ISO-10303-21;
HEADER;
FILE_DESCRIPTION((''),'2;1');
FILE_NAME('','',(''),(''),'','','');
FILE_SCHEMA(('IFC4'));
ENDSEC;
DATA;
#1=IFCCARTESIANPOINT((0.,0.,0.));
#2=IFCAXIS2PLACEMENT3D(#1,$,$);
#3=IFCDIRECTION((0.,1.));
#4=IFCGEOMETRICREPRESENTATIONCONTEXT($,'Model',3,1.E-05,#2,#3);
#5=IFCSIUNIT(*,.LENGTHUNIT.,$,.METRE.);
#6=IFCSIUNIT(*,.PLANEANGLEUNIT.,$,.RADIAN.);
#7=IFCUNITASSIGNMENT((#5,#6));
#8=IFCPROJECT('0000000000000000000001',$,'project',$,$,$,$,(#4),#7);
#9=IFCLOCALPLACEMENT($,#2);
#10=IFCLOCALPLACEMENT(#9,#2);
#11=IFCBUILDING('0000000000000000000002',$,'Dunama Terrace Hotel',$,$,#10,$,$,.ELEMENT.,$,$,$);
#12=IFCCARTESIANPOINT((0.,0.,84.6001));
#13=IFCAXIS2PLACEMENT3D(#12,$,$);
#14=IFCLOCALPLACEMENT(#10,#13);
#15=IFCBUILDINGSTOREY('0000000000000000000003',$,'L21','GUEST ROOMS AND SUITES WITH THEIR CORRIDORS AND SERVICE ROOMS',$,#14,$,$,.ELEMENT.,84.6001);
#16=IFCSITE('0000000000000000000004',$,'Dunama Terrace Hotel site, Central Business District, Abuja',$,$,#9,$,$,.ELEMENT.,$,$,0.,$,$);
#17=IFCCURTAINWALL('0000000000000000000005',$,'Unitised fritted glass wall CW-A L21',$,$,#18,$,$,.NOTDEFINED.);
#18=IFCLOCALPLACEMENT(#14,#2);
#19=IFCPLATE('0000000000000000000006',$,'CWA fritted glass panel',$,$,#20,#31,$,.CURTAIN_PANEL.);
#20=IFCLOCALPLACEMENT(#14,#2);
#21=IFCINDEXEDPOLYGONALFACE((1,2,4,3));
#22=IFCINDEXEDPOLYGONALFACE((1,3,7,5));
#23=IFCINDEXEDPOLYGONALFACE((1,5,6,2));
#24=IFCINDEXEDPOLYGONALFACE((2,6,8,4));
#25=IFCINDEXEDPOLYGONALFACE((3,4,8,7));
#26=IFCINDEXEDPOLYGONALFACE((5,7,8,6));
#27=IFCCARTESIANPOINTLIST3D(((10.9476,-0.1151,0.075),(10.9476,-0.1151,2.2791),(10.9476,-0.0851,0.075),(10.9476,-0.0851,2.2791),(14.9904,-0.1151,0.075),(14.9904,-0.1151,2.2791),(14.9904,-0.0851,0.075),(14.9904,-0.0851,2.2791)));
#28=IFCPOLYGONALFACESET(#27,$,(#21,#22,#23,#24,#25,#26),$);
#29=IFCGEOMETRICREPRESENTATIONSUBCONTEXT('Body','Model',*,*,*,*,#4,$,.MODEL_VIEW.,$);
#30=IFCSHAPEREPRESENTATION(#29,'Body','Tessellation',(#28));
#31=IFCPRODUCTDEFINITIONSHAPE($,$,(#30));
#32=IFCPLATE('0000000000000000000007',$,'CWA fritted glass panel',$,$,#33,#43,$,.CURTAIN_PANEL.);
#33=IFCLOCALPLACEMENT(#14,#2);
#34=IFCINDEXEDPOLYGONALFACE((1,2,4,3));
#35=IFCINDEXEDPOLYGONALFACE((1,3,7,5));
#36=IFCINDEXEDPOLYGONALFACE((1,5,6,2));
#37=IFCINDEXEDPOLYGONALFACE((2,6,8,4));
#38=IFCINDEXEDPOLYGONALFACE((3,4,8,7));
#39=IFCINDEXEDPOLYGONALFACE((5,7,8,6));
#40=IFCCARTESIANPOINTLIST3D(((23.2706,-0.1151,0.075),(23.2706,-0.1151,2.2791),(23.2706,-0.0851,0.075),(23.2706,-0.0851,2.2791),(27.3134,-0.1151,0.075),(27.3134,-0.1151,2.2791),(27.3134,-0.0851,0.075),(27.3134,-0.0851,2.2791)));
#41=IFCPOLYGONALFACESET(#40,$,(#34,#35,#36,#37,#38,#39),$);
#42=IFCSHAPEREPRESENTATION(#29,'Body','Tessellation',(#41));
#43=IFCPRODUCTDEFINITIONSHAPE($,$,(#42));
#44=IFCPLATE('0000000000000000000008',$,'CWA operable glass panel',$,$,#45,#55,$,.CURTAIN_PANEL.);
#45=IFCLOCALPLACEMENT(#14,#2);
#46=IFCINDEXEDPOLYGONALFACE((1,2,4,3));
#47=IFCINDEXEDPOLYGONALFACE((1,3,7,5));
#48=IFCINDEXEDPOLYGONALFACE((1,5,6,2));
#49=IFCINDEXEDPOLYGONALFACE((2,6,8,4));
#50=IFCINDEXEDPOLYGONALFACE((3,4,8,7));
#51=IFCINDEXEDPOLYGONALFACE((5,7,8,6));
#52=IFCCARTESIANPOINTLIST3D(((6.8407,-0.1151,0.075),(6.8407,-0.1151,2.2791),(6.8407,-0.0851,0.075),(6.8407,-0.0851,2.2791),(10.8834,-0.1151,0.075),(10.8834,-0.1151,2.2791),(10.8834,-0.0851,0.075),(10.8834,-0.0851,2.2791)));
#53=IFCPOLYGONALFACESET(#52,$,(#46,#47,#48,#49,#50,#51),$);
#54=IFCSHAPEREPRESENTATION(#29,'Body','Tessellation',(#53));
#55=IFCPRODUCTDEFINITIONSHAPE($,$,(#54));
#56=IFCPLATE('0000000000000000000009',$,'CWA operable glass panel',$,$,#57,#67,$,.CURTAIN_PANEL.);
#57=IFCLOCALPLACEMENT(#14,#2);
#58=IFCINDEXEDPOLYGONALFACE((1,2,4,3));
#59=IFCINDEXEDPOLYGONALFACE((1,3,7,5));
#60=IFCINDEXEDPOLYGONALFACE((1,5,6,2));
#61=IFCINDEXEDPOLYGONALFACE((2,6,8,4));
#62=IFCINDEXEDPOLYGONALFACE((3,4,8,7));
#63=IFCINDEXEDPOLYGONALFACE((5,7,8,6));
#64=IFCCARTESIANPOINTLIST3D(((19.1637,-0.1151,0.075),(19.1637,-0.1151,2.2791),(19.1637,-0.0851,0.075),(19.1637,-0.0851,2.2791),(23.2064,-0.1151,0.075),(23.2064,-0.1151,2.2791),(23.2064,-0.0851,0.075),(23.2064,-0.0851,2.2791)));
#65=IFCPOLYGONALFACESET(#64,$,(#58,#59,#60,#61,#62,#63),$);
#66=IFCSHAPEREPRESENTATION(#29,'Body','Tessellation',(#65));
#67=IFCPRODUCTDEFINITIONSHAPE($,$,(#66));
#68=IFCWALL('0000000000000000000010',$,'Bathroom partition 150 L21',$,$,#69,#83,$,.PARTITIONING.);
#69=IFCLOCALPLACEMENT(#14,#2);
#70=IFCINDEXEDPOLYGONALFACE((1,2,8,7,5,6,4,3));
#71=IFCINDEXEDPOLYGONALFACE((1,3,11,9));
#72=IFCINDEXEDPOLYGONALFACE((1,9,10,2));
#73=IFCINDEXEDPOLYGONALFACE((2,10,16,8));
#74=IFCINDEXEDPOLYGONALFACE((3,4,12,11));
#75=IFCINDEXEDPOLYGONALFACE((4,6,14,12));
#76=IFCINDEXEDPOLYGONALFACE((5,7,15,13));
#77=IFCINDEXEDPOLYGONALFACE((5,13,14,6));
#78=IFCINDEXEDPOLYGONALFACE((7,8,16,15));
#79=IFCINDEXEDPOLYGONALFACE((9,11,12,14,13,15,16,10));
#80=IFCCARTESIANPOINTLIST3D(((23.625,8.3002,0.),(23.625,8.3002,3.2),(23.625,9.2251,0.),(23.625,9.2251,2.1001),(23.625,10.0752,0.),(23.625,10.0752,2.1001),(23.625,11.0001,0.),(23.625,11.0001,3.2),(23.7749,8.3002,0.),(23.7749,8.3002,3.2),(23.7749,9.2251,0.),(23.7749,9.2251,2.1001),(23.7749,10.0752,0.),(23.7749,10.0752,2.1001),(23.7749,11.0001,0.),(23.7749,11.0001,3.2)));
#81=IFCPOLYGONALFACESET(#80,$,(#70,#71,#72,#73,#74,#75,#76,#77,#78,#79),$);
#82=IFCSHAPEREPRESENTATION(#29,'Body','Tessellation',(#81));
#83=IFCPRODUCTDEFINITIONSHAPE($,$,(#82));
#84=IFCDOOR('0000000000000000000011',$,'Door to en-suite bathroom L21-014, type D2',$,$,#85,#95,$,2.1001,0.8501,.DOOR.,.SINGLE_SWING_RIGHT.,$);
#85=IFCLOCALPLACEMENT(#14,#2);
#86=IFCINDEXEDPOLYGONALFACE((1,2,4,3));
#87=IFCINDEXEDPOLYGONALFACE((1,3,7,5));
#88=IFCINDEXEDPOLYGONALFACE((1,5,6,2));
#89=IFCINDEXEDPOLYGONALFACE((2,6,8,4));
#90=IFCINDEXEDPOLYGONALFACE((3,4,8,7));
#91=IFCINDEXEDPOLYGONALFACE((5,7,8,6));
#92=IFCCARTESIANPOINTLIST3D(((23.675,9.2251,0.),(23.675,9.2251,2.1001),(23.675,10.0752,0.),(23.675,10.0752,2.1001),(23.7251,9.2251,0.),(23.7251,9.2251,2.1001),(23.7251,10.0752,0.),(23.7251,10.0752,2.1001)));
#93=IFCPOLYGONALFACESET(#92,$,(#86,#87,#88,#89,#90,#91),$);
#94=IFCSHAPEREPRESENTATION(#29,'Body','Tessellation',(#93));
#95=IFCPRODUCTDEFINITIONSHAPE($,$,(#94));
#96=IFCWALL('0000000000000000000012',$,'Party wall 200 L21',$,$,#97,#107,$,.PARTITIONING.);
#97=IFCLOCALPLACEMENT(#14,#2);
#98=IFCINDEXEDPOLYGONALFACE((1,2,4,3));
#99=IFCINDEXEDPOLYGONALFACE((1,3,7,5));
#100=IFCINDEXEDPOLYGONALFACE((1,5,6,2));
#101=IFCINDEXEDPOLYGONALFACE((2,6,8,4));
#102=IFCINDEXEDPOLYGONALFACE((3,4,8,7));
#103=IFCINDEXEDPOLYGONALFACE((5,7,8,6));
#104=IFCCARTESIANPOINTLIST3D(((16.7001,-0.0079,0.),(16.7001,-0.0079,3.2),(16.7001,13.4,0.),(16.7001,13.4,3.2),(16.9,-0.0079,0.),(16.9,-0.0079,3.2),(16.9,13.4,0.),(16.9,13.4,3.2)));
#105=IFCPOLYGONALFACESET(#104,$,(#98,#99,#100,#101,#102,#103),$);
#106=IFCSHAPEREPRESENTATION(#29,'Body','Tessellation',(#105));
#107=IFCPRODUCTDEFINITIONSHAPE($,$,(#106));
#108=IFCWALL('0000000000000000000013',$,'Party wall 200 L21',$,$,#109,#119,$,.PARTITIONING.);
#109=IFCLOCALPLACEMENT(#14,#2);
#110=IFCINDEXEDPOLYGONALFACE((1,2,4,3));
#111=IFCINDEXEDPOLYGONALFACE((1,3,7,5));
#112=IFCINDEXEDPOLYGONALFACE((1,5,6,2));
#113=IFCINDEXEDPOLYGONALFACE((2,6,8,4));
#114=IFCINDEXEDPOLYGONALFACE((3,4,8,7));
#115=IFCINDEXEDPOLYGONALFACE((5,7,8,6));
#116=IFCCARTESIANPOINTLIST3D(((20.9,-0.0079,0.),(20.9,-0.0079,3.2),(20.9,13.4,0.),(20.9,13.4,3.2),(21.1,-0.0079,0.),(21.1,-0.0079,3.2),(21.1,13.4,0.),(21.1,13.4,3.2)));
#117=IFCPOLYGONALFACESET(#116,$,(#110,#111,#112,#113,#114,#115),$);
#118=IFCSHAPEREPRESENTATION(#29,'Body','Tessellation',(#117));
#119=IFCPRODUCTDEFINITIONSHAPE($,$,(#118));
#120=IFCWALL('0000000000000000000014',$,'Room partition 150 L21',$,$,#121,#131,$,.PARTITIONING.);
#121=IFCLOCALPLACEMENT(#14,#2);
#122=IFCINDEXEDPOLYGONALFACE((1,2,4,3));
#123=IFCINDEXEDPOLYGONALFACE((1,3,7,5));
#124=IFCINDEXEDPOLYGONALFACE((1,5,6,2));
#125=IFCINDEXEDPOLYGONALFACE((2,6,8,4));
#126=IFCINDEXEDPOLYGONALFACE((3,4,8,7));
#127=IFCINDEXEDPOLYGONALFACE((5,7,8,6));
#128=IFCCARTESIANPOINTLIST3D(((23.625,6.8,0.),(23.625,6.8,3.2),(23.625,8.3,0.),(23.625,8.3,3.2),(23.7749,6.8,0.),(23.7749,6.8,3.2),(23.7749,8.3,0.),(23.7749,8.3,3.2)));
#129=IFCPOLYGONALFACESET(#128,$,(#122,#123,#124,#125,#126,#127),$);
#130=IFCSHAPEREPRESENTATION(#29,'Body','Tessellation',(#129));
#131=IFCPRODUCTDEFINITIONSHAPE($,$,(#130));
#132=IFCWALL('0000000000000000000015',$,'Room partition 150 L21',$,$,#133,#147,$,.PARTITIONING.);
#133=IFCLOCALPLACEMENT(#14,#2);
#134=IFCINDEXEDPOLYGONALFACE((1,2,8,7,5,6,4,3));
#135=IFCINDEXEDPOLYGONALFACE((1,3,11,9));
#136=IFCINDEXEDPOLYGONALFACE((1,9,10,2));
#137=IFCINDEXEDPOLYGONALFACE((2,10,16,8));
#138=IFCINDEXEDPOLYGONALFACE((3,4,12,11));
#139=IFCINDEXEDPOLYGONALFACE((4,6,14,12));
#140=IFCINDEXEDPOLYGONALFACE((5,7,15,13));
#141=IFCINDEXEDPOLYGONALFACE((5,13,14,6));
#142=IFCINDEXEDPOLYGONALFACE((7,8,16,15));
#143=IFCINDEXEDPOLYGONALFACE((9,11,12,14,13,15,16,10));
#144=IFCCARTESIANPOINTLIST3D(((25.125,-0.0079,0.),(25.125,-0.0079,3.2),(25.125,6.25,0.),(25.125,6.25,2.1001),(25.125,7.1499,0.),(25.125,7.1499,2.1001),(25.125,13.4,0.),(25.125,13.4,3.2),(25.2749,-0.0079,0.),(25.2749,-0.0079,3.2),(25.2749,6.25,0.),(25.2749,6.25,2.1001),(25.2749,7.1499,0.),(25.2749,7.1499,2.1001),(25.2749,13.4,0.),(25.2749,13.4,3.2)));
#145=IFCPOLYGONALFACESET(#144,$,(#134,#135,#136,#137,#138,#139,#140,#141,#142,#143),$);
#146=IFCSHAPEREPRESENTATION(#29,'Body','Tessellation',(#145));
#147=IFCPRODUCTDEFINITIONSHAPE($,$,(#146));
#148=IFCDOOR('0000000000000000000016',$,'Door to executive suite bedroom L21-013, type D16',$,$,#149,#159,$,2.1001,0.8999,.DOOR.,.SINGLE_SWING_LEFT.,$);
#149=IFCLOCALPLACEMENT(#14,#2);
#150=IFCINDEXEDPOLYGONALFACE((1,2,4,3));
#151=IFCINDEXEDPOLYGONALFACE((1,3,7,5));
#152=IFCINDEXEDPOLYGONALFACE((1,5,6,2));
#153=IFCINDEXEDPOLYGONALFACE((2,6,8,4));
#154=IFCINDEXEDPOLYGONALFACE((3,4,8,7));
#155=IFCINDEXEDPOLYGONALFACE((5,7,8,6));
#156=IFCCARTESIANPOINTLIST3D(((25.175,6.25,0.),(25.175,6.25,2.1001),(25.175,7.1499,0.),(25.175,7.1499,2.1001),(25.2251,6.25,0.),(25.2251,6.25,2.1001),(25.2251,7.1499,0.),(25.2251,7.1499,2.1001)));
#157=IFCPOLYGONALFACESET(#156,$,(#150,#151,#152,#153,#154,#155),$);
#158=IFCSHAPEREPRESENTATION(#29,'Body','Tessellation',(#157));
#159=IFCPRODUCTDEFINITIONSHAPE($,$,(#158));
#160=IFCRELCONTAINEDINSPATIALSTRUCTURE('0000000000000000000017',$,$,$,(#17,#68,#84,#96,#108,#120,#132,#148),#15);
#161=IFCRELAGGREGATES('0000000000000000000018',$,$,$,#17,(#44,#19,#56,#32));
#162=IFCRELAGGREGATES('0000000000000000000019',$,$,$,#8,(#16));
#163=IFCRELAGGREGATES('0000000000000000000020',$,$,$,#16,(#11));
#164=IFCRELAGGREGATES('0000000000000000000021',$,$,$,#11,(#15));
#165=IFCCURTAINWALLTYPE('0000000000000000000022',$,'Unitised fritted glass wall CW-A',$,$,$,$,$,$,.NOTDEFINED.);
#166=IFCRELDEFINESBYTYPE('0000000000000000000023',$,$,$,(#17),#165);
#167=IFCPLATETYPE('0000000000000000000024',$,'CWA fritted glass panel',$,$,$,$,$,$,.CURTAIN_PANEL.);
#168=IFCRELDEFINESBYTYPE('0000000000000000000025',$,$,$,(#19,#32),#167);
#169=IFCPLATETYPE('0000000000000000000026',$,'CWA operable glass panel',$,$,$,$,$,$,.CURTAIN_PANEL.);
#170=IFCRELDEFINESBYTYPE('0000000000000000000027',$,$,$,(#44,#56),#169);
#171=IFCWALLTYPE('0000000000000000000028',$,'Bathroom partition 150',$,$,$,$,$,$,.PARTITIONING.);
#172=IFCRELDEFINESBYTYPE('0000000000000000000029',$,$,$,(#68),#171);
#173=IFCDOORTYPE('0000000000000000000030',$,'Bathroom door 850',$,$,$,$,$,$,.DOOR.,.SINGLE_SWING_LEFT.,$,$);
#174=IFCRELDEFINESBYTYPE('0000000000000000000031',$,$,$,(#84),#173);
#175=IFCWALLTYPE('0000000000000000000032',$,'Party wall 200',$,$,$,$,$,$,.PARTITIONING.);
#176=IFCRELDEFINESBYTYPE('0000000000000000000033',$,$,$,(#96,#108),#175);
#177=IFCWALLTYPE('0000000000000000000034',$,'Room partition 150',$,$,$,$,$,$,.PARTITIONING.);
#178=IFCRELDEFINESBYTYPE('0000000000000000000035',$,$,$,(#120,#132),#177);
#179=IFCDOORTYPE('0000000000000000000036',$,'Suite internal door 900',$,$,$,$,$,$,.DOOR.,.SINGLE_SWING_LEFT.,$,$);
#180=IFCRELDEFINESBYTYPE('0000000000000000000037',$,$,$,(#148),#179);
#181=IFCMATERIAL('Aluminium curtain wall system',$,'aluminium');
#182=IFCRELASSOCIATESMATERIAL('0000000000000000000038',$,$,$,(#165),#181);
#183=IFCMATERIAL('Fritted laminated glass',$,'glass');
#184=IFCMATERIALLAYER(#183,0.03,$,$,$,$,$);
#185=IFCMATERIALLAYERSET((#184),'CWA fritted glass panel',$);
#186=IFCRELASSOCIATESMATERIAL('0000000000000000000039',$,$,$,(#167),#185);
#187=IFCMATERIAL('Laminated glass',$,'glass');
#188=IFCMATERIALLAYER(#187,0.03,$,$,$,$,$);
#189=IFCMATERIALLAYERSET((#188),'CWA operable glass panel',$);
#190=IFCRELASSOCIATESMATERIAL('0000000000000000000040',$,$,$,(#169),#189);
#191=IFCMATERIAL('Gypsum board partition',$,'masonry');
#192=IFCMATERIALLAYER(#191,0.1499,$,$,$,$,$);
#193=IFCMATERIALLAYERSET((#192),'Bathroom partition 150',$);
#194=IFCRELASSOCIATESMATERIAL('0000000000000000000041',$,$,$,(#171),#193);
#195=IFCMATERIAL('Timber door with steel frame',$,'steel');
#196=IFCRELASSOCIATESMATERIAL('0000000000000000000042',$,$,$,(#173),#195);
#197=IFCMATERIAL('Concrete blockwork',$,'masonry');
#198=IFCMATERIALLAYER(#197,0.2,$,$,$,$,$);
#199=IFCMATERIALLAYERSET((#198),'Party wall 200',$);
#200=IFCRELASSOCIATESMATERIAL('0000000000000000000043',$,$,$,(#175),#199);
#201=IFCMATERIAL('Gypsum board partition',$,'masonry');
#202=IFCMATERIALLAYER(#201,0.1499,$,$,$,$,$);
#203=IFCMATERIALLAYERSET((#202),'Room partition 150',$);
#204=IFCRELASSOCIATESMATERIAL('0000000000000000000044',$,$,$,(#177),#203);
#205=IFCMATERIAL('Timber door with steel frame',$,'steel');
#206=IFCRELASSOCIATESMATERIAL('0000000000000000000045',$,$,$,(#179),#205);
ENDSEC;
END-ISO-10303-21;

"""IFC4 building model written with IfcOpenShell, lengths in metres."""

from ifc_helpers import new_model, si_unit, direction, frame, frame_2d, origin, origin_2d, place, context, subcontext, project, spatial, rectangle, extrude, material, layer, layer_set, type_object, element, fill, aggregate, save


model = new_model("IFC4")

# Units and contexts
model_context = context("Model", 3, precision=1e-05, world=origin(), true_north=direction((0.0, 1.0)))
body_context = subcontext(model_context, "Body", "Model", "MODEL_VIEW")
ifc_project = project(units=[si_unit("LENGTHUNIT", "METRE"), si_unit("PLANEANGLEUNIT", "RADIAN")], contexts=[model_context])

# Site, building, storey
site_placement = place(None, origin())
site = spatial("IfcSite", under=ifc_project, at=site_placement, Name="Dunama Terrace Hotel site, Central Business District, Abuja", CompositionType="ELEMENT", RefElevation=0.0)
building_placement = place(site_placement, origin())
building = spatial("IfcBuilding", under=site, at=building_placement, Name="Dunama Terrace Hotel", CompositionType="ELEMENT")
storey_placement = place(building_placement, frame((0.0, 0.0, 84.6001)))
storey = spatial("IfcBuildingStorey", under=building, at=storey_placement, Name="L21", Description="GUEST ROOMS AND SUITES WITH THEIR CORRIDORS AND SERVICE ROOMS", CompositionType="ELEMENT", Elevation=84.6001)

# Curtain wall, plates
ifc_material_1 = material(Name="Aluminium curtain wall system", Category="aluminium")
curtain_wall_type = type_object("IfcCurtainWallType", Name="Unitised fritted glass wall CW-A", PredefinedType="NOTDEFINED", material=ifc_material_1)
curtain_wall_placement = place(storey_placement, origin())
curtain_wall = element("IfcCurtainWall", 1, at=curtain_wall_placement, inside=storey, type_object=curtain_wall_type, Name="Unitised fritted glass wall CW-A L21", PredefinedType="NOTDEFINED")
ifc_material_2 = material(Name="Fritted laminated glass", Category="glass")
ifc_layer_1 = layer(ifc_material_2, 0.03)
ifc_layer_set_1 = layer_set([ifc_layer_1], Name="CWA fritted glass panel")
plate_type_1 = type_object("IfcPlateType", Name="CWA fritted glass panel", PredefinedType="CURTAIN_PANEL", material=ifc_layer_set_1)
plate_1_placement = place(storey_placement, frame((12.969, -0.1001, 0.075), z_axis=(0.0, 0.0, 1.0), x_axis=(1.0, 0.0, 0.0)))
plate_1 = element("IfcPlate", 2, at=plate_1_placement, type_object=plate_type_1, Name="CWA fritted glass panel", PredefinedType="CURTAIN_PANEL", context=body_context, shape_type="SweptSolid", body=[
    extrude(rectangle(XDim=4.0427, YDim=0.03, at=origin_2d()), origin(), (0.0, 0.0, 1.0), 2.2041),
])
plate_2_placement = place(storey_placement, frame((25.292, -0.1001, 0.075), z_axis=(0.0, 0.0, 1.0), x_axis=(1.0, 0.0, 0.0)))
plate_2 = element("IfcPlate", 3, at=plate_2_placement, type_object=plate_type_1, Name="CWA fritted glass panel", PredefinedType="CURTAIN_PANEL", context=body_context, shape_type="SweptSolid", body=[
    extrude(rectangle(XDim=4.0427, YDim=0.03, at=origin_2d()), origin(), (0.0, 0.0, 1.0), 2.2041),
])
ifc_material_3 = material(Name="Laminated glass", Category="glass")
ifc_layer_2 = layer(ifc_material_3, 0.03)
ifc_layer_set_2 = layer_set([ifc_layer_2], Name="CWA operable glass panel")
plate_type_2 = type_object("IfcPlateType", Name="CWA operable glass panel", PredefinedType="CURTAIN_PANEL", material=ifc_layer_set_2)
plate_3_placement = place(storey_placement, frame((8.8621, -0.1001, 0.075), z_axis=(0.0, 0.0, 1.0), x_axis=(1.0, 0.0, 0.0)))
plate_3 = element("IfcPlate", 4, at=plate_3_placement, type_object=plate_type_2, Name="CWA operable glass panel", PredefinedType="CURTAIN_PANEL", context=body_context, shape_type="SweptSolid", body=[
    extrude(rectangle(XDim=4.0427, YDim=0.03, at=origin_2d()), origin(), (0.0, 0.0, 1.0), 2.2041),
])
plate_4_placement = place(storey_placement, frame((21.1851, -0.1001, 0.075), z_axis=(0.0, 0.0, 1.0), x_axis=(1.0, 0.0, 0.0)))
plate_4 = element("IfcPlate", 5, at=plate_4_placement, type_object=plate_type_2, Name="CWA operable glass panel", PredefinedType="CURTAIN_PANEL", context=body_context, shape_type="SweptSolid", body=[
    extrude(rectangle(XDim=4.0427, YDim=0.03, at=origin_2d()), origin(), (0.0, 0.0, 1.0), 2.2041),
])
aggregate(curtain_wall, [plate_3, plate_1, plate_4, plate_2])

# Wall, opening, door
ifc_material_4 = material(Name="Gypsum board partition", Category="masonry")
ifc_layer_3 = layer(ifc_material_4, 0.1499)
ifc_layer_set_3 = layer_set([ifc_layer_3], Name="Bathroom partition 150")
wall_type_1 = type_object("IfcWallType", Name="Bathroom partition 150", PredefinedType="PARTITIONING", material=ifc_layer_set_3)
wall_1_placement = place(storey_placement, frame((23.7, 8.3, 0.0), z_axis=(0.0, 0.0, 1.0), x_axis=(0.0, 1.0, 0.0)))
wall_1 = element("IfcWall", 6, at=wall_1_placement, inside=storey, type_object=wall_type_1, Name="Bathroom partition 150 L21", PredefinedType="PARTITIONING", context=body_context, shape_type="SweptSolid", body=[
    extrude(rectangle(XDim=2.7, YDim=0.1499, at=frame_2d((1.3501, 0.0))), origin(), (0.0, 0.0, 1.0), 3.2),
])
opening_1_placement = place(wall_1_placement, frame((0.925, 0.0, 0.0)))
opening_1 = element("IfcOpeningElement", 7, at=opening_1_placement, cuts=wall_1, PredefinedType="OPENING", context=body_context, shape_type="SweptSolid", body=[
    extrude(rectangle(XDim=0.8501, YDim=2.1001, at=frame_2d((0.425, 1.05))), frame((0.0, 0.085, 0.0), z_axis=(0.0, -1.0, 0.0), x_axis=(1.0, 0.0, 0.0)), (0.0, 0.0, 1.0), 0.1699),
])
ifc_material_5 = material(Name="Timber door with steel frame", Category="steel")
door_type_1 = type_object("IfcDoorType", Name="Bathroom door 850", OperationType="SINGLE_SWING_LEFT", PredefinedType="DOOR", material=ifc_material_5)
door_1_placement = place(opening_1_placement, origin())
door_1 = element("IfcDoor", 8, at=door_1_placement, inside=storey, type_object=door_type_1, Name="Door to en-suite bathroom L21-014, type D2", OperationType="SINGLE_SWING_RIGHT", OverallHeight=2.1001, OverallWidth=0.8501, PredefinedType="DOOR", context=body_context, shape_type="SweptSolid", body=[
    extrude(rectangle(XDim=0.8501, YDim=2.1001, at=frame_2d((0.425, 1.05))), frame((0.0, 0.0249, 0.0), z_axis=(0.0, -1.0, 0.0), x_axis=(1.0, 0.0, 0.0)), (0.0, 0.0, 1.0), 0.05),
])
fill(opening_1, door_1)

# Walls
ifc_material_6 = material(Name="Concrete blockwork", Category="masonry")
ifc_layer_4 = layer(ifc_material_6, 0.2)
ifc_layer_set_4 = layer_set([ifc_layer_4], Name="Party wall 200")
wall_type_2 = type_object("IfcWallType", Name="Party wall 200", PredefinedType="PARTITIONING", material=ifc_layer_set_4)
for number, where, z_axis, x_axis, name in (
    (9, (16.8, -0.0081, 0.0), (0.0, 0.0, 1.0), (0.0, 1.0, 0.0), "Party wall 200 L21"),
    (10, (21.0, -0.0081, 0.0), (0.0, 0.0, 1.0), (0.0, 1.0, 0.0), "Party wall 200 L21"),
):
    element("IfcWall", number, at=place(storey_placement, frame(where, z_axis=z_axis, x_axis=x_axis)), inside=storey, type_object=wall_type_2, Name=name, PredefinedType="PARTITIONING", context=body_context, shape_type="SweptSolid", body=[
        extrude(rectangle(XDim=13.408, YDim=0.2, at=frame_2d((6.7041, 0.0))), origin(), (0.0, 0.0, 1.0), 3.2),
    ])
ifc_material_7 = material(Name="Gypsum board partition", Category="masonry")
ifc_layer_5 = layer(ifc_material_7, 0.1499)
ifc_layer_set_5 = layer_set([ifc_layer_5], Name="Room partition 150")
wall_type_3 = type_object("IfcWallType", Name="Room partition 150", PredefinedType="PARTITIONING", material=ifc_layer_set_5)
wall_2_placement = place(storey_placement, frame((23.7, 6.8, 0.0), z_axis=(0.0, 0.0, 1.0), x_axis=(0.0, 1.0, 0.0)))
element("IfcWall", 11, at=wall_2_placement, inside=storey, type_object=wall_type_3, Name="Room partition 150 L21", PredefinedType="PARTITIONING", context=body_context, shape_type="SweptSolid", body=[
    extrude(rectangle(XDim=1.5, YDim=0.1499, at=frame_2d((0.75, 0.0))), origin(), (0.0, 0.0, 1.0), 3.2),
])

# Wall, opening, door
wall_3_placement = place(storey_placement, frame((25.2, -0.0081, 0.0), z_axis=(0.0, 0.0, 1.0), x_axis=(0.0, 1.0, 0.0)))
wall_3 = element("IfcWall", 12, at=wall_3_placement, inside=storey, type_object=wall_type_3, Name="Room partition 150 L21", PredefinedType="PARTITIONING", context=body_context, shape_type="SweptSolid", body=[
    extrude(rectangle(XDim=13.408, YDim=0.1499, at=frame_2d((6.7041, 0.0))), origin(), (0.0, 0.0, 1.0), 3.2),
])
opening_2_placement = place(wall_3_placement, frame((6.2581, 0.0, 0.0)))
opening_2 = element("IfcOpeningElement", 13, at=opening_2_placement, cuts=wall_3, PredefinedType="OPENING", context=body_context, shape_type="SweptSolid", body=[
    extrude(rectangle(XDim=0.8999, YDim=2.1001, at=frame_2d((0.45, 1.05))), frame((0.0, 0.085, 0.0), z_axis=(0.0, -1.0, 0.0), x_axis=(1.0, 0.0, 0.0)), (0.0, 0.0, 1.0), 0.1699),
])
ifc_material_8 = material(Name="Timber door with steel frame", Category="steel")
door_type_2 = type_object("IfcDoorType", Name="Suite internal door 900", OperationType="SINGLE_SWING_LEFT", PredefinedType="DOOR", material=ifc_material_8)
door_2_placement = place(opening_2_placement, origin())
door_2 = element("IfcDoor", 14, at=door_2_placement, inside=storey, type_object=door_type_2, Name="Door to executive suite bedroom L21-013, type D16", OperationType="SINGLE_SWING_LEFT", OverallHeight=2.1001, OverallWidth=0.8999, PredefinedType="DOOR", context=body_context, shape_type="SweptSolid", body=[
    extrude(rectangle(XDim=0.8999, YDim=2.1001, at=frame_2d((0.45, 1.05))), frame((0.0, 0.0249, 0.0), z_axis=(0.0, -1.0, 0.0), x_axis=(1.0, 0.0, 0.0)), (0.0, 0.0, 1.0), 0.05),
])
fill(opening_2, door_2)

save(model, "model.ifc")
